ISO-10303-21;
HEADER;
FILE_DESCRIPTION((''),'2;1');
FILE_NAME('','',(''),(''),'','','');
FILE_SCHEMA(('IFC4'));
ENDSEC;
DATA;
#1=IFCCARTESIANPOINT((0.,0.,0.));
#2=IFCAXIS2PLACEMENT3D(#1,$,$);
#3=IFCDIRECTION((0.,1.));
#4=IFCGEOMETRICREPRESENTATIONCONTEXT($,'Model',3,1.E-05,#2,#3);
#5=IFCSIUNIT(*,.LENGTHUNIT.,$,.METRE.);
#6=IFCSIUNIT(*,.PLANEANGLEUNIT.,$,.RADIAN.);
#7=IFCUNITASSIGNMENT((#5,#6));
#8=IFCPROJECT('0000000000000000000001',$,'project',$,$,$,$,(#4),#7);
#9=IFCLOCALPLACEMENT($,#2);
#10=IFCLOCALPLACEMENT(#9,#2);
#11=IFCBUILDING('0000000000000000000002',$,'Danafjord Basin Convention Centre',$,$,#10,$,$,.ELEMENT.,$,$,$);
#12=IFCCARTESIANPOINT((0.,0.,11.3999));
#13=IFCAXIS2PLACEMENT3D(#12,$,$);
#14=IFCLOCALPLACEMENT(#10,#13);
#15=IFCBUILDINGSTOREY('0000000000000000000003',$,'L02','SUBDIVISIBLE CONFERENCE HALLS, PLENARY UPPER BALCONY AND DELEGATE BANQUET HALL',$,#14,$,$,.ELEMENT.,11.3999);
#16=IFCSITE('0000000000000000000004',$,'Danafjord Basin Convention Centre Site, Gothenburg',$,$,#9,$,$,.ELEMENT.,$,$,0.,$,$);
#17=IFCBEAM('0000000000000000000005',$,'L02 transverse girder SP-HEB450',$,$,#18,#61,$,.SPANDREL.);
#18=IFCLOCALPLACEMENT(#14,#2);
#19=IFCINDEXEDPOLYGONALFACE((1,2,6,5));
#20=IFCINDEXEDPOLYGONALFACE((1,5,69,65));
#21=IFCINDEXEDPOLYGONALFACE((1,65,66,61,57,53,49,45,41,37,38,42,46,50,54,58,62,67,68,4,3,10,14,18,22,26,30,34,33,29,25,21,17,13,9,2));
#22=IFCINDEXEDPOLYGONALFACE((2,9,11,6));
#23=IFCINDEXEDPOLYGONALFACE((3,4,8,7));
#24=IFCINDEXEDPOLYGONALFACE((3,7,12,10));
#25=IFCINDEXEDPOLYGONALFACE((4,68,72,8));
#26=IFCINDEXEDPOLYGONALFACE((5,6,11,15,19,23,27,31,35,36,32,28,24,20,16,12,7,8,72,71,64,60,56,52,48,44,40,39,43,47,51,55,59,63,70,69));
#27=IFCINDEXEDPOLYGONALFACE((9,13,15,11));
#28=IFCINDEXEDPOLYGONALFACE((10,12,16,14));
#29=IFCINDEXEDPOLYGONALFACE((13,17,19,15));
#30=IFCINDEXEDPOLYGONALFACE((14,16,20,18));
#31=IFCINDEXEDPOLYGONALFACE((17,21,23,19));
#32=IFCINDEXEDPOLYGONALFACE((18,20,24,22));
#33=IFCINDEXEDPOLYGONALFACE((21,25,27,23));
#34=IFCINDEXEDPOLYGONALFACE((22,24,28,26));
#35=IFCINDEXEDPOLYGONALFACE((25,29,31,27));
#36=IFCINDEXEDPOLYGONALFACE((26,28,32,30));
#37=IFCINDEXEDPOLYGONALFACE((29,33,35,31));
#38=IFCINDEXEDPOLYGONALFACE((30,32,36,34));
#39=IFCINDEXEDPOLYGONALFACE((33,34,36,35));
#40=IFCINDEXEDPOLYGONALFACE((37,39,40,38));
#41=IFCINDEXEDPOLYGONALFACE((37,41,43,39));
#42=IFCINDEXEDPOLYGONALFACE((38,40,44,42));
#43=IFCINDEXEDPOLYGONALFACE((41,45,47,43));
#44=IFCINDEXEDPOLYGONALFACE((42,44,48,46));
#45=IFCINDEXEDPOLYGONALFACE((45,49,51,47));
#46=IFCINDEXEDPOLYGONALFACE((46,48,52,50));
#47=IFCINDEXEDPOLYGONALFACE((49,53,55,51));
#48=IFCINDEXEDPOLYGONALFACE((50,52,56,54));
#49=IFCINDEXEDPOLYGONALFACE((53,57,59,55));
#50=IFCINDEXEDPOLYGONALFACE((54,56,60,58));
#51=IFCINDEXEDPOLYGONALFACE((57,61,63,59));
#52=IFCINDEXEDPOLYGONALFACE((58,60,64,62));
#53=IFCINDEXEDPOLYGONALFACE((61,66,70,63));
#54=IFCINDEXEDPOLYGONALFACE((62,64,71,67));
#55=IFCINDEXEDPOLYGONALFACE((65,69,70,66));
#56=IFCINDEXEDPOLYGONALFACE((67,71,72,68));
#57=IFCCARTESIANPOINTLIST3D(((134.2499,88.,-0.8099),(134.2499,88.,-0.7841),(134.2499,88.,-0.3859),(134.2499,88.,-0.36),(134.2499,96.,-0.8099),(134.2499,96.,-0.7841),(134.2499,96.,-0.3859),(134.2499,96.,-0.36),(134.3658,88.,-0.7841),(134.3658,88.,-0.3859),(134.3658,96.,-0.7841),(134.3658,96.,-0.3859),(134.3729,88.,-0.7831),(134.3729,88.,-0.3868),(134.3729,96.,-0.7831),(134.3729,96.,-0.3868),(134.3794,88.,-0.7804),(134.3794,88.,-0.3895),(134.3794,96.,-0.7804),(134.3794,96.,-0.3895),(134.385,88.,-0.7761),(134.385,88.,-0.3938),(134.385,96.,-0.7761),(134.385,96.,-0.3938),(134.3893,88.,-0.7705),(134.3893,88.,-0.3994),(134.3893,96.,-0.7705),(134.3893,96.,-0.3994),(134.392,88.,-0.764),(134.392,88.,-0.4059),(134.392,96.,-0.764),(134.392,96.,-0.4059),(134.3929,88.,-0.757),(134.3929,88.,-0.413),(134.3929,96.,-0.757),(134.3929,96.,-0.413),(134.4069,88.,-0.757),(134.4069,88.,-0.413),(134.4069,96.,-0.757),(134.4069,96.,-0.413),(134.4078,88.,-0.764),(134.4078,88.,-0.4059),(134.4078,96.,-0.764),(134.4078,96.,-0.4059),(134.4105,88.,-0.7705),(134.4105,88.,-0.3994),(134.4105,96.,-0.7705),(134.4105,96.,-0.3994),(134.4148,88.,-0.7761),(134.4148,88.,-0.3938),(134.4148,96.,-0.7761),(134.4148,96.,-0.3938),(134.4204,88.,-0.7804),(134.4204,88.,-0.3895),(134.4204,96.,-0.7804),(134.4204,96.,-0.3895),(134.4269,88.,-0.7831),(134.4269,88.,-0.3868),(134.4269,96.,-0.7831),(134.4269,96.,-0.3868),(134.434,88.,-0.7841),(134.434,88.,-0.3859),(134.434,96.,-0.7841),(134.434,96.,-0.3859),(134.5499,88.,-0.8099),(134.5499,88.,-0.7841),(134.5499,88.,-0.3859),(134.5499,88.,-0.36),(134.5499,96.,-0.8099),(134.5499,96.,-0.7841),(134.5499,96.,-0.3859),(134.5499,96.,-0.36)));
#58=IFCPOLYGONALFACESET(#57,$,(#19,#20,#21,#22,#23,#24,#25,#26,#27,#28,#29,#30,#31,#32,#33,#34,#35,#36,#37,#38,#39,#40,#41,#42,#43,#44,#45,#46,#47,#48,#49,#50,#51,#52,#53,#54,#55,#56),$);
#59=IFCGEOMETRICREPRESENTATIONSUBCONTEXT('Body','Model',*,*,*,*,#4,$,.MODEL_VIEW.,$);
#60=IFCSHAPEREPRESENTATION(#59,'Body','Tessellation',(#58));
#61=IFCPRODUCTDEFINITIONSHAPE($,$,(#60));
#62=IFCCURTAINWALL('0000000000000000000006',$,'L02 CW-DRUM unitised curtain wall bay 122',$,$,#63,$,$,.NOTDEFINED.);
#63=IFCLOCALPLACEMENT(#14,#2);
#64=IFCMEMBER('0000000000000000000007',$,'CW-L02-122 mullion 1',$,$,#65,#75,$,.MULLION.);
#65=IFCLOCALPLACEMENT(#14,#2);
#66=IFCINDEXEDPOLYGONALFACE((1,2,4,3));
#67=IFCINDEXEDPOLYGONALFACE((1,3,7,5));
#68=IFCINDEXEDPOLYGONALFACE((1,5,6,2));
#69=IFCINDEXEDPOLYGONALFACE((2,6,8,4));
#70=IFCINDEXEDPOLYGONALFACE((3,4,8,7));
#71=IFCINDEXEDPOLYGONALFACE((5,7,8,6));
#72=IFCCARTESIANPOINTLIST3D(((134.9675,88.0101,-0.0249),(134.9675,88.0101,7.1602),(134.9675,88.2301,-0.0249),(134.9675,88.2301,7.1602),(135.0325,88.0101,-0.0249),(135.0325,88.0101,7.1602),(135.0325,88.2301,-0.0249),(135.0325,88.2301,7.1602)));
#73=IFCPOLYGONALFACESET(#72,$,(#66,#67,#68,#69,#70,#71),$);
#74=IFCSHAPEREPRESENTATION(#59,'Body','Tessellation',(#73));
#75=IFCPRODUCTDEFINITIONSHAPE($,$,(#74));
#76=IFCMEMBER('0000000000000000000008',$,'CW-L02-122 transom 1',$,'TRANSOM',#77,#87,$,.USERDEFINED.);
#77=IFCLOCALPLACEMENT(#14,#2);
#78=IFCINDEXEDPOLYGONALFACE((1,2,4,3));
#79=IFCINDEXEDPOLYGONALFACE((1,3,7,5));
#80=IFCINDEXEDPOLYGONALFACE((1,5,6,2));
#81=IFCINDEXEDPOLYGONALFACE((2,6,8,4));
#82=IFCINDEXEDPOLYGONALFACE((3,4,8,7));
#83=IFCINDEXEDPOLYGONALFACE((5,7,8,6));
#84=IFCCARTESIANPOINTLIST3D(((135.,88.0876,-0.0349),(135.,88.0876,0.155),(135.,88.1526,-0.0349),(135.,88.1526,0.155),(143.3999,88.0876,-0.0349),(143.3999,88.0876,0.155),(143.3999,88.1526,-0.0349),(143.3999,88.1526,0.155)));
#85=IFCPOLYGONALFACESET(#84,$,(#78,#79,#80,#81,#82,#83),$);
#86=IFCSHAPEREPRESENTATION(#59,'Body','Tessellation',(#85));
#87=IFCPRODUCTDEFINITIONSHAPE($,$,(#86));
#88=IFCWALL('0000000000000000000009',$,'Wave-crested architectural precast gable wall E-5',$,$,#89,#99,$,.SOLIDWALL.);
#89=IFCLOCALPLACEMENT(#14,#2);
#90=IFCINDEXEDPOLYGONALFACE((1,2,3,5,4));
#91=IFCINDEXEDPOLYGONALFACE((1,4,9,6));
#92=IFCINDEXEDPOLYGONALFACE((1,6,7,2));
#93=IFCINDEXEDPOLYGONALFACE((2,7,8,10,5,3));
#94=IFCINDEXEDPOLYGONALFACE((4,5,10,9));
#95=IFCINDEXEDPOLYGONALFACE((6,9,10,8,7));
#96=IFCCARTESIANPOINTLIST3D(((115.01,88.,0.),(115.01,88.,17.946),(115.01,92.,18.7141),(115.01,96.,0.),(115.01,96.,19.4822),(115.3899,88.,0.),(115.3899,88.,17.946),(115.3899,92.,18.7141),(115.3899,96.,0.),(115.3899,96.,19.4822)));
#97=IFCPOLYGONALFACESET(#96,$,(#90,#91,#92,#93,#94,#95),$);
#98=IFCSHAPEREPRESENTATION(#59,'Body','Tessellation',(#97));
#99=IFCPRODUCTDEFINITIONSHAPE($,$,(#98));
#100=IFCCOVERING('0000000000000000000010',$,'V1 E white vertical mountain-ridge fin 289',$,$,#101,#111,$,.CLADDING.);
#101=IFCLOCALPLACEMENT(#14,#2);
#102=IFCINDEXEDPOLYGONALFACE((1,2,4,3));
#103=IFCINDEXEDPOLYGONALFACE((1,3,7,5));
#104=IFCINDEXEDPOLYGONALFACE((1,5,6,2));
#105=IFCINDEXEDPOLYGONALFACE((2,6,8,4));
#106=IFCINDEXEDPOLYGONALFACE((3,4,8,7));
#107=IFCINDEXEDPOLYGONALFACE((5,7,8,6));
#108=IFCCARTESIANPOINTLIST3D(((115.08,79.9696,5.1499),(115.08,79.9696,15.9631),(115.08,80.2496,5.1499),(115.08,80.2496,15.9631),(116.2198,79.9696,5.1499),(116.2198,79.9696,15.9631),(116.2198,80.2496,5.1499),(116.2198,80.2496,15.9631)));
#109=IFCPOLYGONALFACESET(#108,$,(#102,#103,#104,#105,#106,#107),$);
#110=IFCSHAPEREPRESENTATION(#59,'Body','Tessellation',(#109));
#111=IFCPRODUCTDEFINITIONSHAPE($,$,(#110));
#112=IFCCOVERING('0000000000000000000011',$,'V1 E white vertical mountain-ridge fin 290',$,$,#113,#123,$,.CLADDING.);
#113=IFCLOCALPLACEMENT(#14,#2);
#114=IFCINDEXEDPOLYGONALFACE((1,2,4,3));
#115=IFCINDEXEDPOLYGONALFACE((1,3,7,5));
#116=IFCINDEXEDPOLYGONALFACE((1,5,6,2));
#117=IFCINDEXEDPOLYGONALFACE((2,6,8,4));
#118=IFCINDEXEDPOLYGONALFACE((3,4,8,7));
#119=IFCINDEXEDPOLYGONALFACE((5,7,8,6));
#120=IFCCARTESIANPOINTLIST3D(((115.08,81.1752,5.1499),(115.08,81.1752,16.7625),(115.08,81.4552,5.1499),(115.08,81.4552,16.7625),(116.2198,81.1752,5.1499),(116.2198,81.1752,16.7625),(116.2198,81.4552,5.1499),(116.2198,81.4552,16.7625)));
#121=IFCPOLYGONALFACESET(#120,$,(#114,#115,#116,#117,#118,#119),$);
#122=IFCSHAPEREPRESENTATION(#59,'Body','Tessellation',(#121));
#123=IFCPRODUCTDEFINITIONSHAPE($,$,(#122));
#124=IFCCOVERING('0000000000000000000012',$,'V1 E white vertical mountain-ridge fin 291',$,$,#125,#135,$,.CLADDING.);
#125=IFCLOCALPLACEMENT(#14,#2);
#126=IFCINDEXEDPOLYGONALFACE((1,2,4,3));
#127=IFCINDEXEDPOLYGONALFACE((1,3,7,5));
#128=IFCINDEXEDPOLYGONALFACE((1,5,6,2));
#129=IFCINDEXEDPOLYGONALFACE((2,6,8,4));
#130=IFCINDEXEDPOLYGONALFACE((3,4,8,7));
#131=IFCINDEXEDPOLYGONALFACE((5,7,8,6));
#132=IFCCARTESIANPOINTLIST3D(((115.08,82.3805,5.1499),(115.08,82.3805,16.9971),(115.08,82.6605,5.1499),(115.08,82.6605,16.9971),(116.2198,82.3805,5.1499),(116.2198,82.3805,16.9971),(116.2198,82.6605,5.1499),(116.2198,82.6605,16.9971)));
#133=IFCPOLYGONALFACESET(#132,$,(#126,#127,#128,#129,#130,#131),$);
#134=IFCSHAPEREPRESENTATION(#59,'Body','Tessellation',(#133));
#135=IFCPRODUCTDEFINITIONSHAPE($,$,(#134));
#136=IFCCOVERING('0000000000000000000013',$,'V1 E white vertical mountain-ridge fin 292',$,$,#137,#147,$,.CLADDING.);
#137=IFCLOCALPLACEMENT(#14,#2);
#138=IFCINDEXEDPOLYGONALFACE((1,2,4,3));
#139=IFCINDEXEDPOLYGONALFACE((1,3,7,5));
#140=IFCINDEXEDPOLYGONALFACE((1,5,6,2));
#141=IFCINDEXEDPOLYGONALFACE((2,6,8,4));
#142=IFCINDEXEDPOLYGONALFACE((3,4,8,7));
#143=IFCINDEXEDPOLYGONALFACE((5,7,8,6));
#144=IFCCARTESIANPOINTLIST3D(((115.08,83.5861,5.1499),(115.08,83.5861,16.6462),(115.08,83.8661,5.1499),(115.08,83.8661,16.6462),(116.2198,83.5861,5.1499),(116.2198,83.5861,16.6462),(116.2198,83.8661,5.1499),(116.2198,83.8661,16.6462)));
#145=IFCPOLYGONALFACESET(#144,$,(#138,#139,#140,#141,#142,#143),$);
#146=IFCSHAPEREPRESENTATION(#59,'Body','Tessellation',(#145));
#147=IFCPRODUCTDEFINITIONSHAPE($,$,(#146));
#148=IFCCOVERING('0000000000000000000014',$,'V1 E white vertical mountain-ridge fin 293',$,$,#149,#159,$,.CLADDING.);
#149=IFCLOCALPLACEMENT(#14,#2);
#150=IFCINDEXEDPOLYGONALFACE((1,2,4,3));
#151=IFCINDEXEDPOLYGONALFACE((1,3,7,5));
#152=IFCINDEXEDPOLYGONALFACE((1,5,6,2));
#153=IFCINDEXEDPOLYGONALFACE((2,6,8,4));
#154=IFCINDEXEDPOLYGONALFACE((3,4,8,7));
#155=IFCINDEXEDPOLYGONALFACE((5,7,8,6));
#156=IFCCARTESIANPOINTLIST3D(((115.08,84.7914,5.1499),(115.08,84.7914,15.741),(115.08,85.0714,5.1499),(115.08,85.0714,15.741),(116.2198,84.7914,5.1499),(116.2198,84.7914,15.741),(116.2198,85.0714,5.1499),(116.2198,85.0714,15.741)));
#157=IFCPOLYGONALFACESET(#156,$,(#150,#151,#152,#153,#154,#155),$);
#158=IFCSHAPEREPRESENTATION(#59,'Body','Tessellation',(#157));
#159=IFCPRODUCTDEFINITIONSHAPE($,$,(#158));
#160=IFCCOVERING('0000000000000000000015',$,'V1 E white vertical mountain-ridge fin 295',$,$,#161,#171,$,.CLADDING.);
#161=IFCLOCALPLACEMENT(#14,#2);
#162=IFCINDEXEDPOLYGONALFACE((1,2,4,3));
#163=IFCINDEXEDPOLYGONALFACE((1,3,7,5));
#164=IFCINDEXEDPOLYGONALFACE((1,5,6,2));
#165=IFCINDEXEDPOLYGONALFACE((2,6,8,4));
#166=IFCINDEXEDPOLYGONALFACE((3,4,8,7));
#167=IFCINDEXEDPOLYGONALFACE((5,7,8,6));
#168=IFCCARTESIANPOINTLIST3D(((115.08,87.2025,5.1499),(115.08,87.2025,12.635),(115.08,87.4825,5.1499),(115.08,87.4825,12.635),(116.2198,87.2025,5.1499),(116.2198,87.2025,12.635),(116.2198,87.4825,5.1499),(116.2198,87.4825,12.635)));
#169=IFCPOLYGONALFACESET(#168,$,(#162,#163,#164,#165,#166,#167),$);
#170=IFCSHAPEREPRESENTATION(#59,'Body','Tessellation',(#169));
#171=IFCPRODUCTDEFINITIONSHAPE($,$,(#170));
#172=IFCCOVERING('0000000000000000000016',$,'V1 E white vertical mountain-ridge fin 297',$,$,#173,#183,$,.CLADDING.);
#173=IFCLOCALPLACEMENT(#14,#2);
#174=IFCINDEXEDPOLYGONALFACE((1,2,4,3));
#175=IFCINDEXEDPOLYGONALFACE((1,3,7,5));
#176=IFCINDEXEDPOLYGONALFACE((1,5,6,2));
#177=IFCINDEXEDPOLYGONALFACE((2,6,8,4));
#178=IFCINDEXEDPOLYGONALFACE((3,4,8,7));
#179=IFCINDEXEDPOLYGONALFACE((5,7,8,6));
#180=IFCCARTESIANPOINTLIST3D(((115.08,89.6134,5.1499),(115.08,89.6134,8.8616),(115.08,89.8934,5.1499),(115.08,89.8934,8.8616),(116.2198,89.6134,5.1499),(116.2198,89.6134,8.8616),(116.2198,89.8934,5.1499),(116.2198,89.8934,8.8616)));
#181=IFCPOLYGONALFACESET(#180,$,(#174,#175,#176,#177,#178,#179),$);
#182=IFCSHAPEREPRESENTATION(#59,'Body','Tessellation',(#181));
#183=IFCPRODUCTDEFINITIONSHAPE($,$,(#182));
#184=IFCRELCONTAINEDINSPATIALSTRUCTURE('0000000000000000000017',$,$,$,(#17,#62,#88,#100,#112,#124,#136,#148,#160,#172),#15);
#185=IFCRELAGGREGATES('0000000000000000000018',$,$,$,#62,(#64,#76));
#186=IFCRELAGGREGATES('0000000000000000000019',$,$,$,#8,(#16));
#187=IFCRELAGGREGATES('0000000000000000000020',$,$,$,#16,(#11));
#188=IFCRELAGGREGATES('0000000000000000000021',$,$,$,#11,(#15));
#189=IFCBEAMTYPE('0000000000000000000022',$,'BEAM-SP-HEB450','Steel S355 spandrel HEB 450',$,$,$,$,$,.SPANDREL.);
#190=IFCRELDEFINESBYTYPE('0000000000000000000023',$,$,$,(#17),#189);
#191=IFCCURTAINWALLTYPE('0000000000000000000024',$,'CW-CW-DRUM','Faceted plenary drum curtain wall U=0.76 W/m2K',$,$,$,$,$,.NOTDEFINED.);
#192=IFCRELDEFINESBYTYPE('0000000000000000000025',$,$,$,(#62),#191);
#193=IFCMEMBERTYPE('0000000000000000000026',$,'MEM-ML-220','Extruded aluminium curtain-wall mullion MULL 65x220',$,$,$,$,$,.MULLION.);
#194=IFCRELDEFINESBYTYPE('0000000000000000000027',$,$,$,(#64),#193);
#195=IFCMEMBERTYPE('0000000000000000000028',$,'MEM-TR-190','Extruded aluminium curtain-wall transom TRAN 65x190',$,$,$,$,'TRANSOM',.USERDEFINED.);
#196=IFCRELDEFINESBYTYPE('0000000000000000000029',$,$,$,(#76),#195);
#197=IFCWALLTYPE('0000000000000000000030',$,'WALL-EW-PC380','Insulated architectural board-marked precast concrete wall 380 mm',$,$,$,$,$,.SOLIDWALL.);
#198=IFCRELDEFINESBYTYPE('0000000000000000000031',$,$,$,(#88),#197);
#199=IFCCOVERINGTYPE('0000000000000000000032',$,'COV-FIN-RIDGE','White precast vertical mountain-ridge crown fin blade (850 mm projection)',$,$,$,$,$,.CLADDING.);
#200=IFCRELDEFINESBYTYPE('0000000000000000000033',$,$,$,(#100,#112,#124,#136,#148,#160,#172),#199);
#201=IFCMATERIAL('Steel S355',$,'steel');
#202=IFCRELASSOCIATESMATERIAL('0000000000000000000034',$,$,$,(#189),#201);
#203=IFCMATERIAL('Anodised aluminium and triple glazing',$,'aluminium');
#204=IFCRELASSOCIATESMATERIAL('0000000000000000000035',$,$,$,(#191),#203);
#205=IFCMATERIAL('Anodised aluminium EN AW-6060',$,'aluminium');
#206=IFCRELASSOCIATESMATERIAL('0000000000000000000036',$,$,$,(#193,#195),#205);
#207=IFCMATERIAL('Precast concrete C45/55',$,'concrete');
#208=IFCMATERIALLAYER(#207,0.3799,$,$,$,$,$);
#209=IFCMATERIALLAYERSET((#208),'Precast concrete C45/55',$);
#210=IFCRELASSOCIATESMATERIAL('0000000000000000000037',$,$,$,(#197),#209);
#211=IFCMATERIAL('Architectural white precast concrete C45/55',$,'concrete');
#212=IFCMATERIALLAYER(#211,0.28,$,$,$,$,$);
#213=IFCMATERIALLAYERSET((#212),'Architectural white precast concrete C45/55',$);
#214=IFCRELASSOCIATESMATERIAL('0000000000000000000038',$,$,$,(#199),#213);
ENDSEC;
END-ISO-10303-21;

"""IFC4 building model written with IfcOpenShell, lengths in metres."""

from ifc_helpers import new_model, si_unit, direction, frame, origin, origin_2d, place, context, subcontext, project, spatial, polyline, rectangle, i_section, outline, extrude, material, layer, layer_set, material_profile, profile_set, type_object, element, aggregate, save


model = new_model("IFC4")

# Units and contexts
model_context = context("Model", 3, precision=1e-05, world=origin(), true_north=direction((0.0, 1.0)))
body_context = subcontext(model_context, "Body", "Model", "MODEL_VIEW")
ifc_project = project(units=[si_unit("LENGTHUNIT", "METRE"), si_unit("PLANEANGLEUNIT", "RADIAN")], contexts=[model_context])

# Site, building, storey
site_placement = place(None, origin())
site = spatial("IfcSite", under=ifc_project, at=site_placement, Name="Danafjord Basin Convention Centre Site, Gothenburg", CompositionType="ELEMENT", RefElevation=0.0)
building_placement = place(site_placement, origin())
building = spatial("IfcBuilding", under=site, at=building_placement, Name="Danafjord Basin Convention Centre", CompositionType="ELEMENT")
storey_placement = place(building_placement, frame((0.0, 0.0, 11.3999)))
storey = spatial("IfcBuildingStorey", under=building, at=storey_placement, Name="L02", Description="SUBDIVISIBLE CONFERENCE HALLS, PLENARY UPPER BALCONY AND DELEGATE BANQUET HALL", CompositionType="ELEMENT", Elevation=11.3999)

# Shared definitions
ifc_material_1 = material(Name="Steel S355", Category="steel")

# Beam
ifc_material_profile_1 = material_profile(ifc_material_1, i_section(OverallWidth=0.3, OverallDepth=0.45, WebThickness=0.0139, FlangeThickness=0.0259, FilletRadius=0.0271, at=origin_2d()), Name="HEB 450")
ifc_profile_set_1 = profile_set([ifc_material_profile_1], Name="Steel S355")
beam_type_1 = type_object("IfcBeamType", Name="BEAM-SP-HEB450", Description="Steel S355 spandrel HEB 450", PredefinedType="SPANDREL", material=ifc_profile_set_1)
beam_1_placement = place(storey_placement, frame((134.3999, 88.0, -0.585), z_axis=(0.0, 1.0, 0.0), x_axis=(-1.0, 0.0, 0.0)))
element("IfcBeam", 1, at=beam_1_placement, inside=storey, type_object=beam_type_1, Name="L02 transverse girder SP-HEB450", PredefinedType="SPANDREL", context=body_context, shape_type="SweptSolid", body=[
    extrude(i_section(OverallWidth=0.3, OverallDepth=0.45, WebThickness=0.0139, FlangeThickness=0.0259, FilletRadius=0.0271, at=origin_2d()), origin(), (0.0, 0.0, 1.0), 8.0),
])

# Curtain wall, members
ifc_material_2 = material(Name="Anodised aluminium and triple glazing", Category="aluminium")
curtain_wall_type = type_object("IfcCurtainWallType", Name="CW-CW-DRUM", Description="Faceted plenary drum curtain wall U=0.76 W/m2K", PredefinedType="NOTDEFINED", material=ifc_material_2)
curtain_wall_placement = place(storey_placement, origin())
curtain_wall = element("IfcCurtainWall", 2, at=curtain_wall_placement, inside=storey, type_object=curtain_wall_type, Name="L02 CW-DRUM unitised curtain wall bay 122", PredefinedType="NOTDEFINED")
ifc_material_3 = material(Name="Anodised aluminium EN AW-6060", Category="aluminium")
ifc_material_profile_2 = material_profile(ifc_material_3, rectangle(XDim=0.0649, YDim=0.22, at=origin_2d()), Name="MULL 65x220")
ifc_profile_set_2 = profile_set([ifc_material_profile_2], Name="Anodised aluminium EN AW-6060")
member_type_1 = type_object("IfcMemberType", Name="MEM-ML-220", Description="Extruded aluminium curtain-wall mullion MULL 65x220", PredefinedType="MULLION", material=ifc_profile_set_2)
member_1_placement = place(storey_placement, frame((135.0, 88.1201, -0.0249), z_axis=(0.0, 0.0, 1.0), x_axis=(1.0, 0.0, 0.0)))
member_1 = element("IfcMember", 3, at=member_1_placement, type_object=member_type_1, Name="CW-L02-122 mullion 1", PredefinedType="MULLION", context=body_context, shape_type="SweptSolid", body=[
    extrude(rectangle(XDim=0.0649, YDim=0.22, at=origin_2d()), origin(), (0.0, 0.0, 1.0), 7.1851),
])
ifc_material_profile_3 = material_profile(ifc_material_3, rectangle(XDim=0.0649, YDim=0.1899, at=origin_2d()), Name="TRAN 65x190")
ifc_profile_set_3 = profile_set([ifc_material_profile_3], Name="Anodised aluminium EN AW-6060")
member_type_2 = type_object("IfcMemberType", Name="MEM-TR-190", Description="Extruded aluminium curtain-wall transom TRAN 65x190", ElementType="TRANSOM", PredefinedType="USERDEFINED", material=ifc_profile_set_3)
member_2_placement = place(storey_placement, frame((135.0, 88.1201, 0.0601), z_axis=(1.0, 0.0, 0.0), x_axis=(0.0, 1.0, 0.0)))
member_2 = element("IfcMember", 4, at=member_2_placement, type_object=member_type_2, Name="CW-L02-122 transom 1", ObjectType="TRANSOM", PredefinedType="USERDEFINED", context=body_context, shape_type="SweptSolid", body=[
    extrude(rectangle(XDim=0.0649, YDim=0.1899, at=origin_2d()), origin(), (0.0, 0.0, 1.0), 8.3999),
])
aggregate(curtain_wall, [member_1, member_2])

# Wall
ifc_material_4 = material(Name="Precast concrete C45/55", Category="concrete")
ifc_layer_1 = layer(ifc_material_4, 0.3799)
ifc_layer_set_1 = layer_set([ifc_layer_1], Name="Precast concrete C45/55")
wall_type = type_object("IfcWallType", Name="WALL-EW-PC380", Description="Insulated architectural board-marked precast concrete wall 380 mm", PredefinedType="SOLIDWALL", material=ifc_layer_set_1)
wall_placement = place(storey_placement, frame((115.2, 88.0, 0.0), z_axis=(0.0, 0.0, 1.0), x_axis=(0.0, 1.0, 0.0)))
element("IfcWall", 5, at=wall_placement, inside=storey, type_object=wall_type, Name="Wave-crested architectural precast gable wall E-5", PredefinedType="SOLIDWALL", context=body_context, shape_type="SweptSolid", body=[
    extrude(outline(polyline([(0.0, 0.0), (8.0, 0.0), (8.0, 19.4822), (4.0, 18.7141), (0.0, 17.946), (0.0, 0.0)])), frame((0.0, 0.1899, 0.0), z_axis=(0.0, -1.0, 0.0), x_axis=(1.0, 0.0, 0.0)), (0.0, 0.0, 1.0), 0.3799),
])

# Coverings
ifc_material_5 = material(Name="Architectural white precast concrete C45/55", Category="concrete")
ifc_layer_2 = layer(ifc_material_5, 0.28)
ifc_layer_set_2 = layer_set([ifc_layer_2], Name="Architectural white precast concrete C45/55")
covering_type = type_object("IfcCoveringType", Name="COV-FIN-RIDGE", Description="White precast vertical mountain-ridge crown fin blade (850 mm projection)", PredefinedType="CLADDING", material=ifc_layer_set_2)
covering_1_placement = place(storey_placement, frame((115.6499, 80.1096, 5.1499), z_axis=(0.0, 0.0, 1.0), x_axis=(1.0, 0.0, 0.0)))
element("IfcCovering", 6, at=covering_1_placement, inside=storey, type_object=covering_type, Name="V1 E white vertical mountain-ridge fin 289", PredefinedType="CLADDING", context=body_context, shape_type="SweptSolid", body=[
    extrude(rectangle(XDim=1.1399, YDim=0.28, at=origin_2d()), origin(), (0.0, 0.0, 1.0), 10.8132),
])
covering_2_placement = place(storey_placement, frame((115.6499, 81.3152, 5.1499), z_axis=(0.0, 0.0, 1.0), x_axis=(1.0, 0.0, 0.0)))
element("IfcCovering", 7, at=covering_2_placement, inside=storey, type_object=covering_type, Name="V1 E white vertical mountain-ridge fin 290", PredefinedType="CLADDING", context=body_context, shape_type="SweptSolid", body=[
    extrude(rectangle(XDim=1.1399, YDim=0.28, at=origin_2d()), origin(), (0.0, 0.0, 1.0), 11.6125),
])
covering_3_placement = place(storey_placement, frame((115.6499, 82.5205, 5.1499), z_axis=(0.0, 0.0, 1.0), x_axis=(1.0, 0.0, 0.0)))
element("IfcCovering", 8, at=covering_3_placement, inside=storey, type_object=covering_type, Name="V1 E white vertical mountain-ridge fin 291", PredefinedType="CLADDING", context=body_context, shape_type="SweptSolid", body=[
    extrude(rectangle(XDim=1.1399, YDim=0.28, at=origin_2d()), origin(), (0.0, 0.0, 1.0), 11.8472),
])
covering_4_placement = place(storey_placement, frame((115.6499, 83.7261, 5.1499), z_axis=(0.0, 0.0, 1.0), x_axis=(1.0, 0.0, 0.0)))
element("IfcCovering", 9, at=covering_4_placement, inside=storey, type_object=covering_type, Name="V1 E white vertical mountain-ridge fin 292", PredefinedType="CLADDING", context=body_context, shape_type="SweptSolid", body=[
    extrude(rectangle(XDim=1.1399, YDim=0.28, at=origin_2d()), origin(), (0.0, 0.0, 1.0), 11.4963),
])
covering_5_placement = place(storey_placement, frame((115.6499, 84.9314, 5.1499), z_axis=(0.0, 0.0, 1.0), x_axis=(1.0, 0.0, 0.0)))
element("IfcCovering", 10, at=covering_5_placement, inside=storey, type_object=covering_type, Name="V1 E white vertical mountain-ridge fin 293", PredefinedType="CLADDING", context=body_context, shape_type="SweptSolid", body=[
    extrude(rectangle(XDim=1.1399, YDim=0.28, at=origin_2d()), origin(), (0.0, 0.0, 1.0), 10.5911),
])
covering_6_placement = place(storey_placement, frame((115.6499, 87.3425, 5.1499), z_axis=(0.0, 0.0, 1.0), x_axis=(1.0, 0.0, 0.0)))
element("IfcCovering", 11, at=covering_6_placement, inside=storey, type_object=covering_type, Name="V1 E white vertical mountain-ridge fin 295", PredefinedType="CLADDING", context=body_context, shape_type="SweptSolid", body=[
    extrude(rectangle(XDim=1.1399, YDim=0.28, at=origin_2d()), origin(), (0.0, 0.0, 1.0), 7.4851),
])
covering_7_placement = place(storey_placement, frame((115.6499, 89.7534, 5.1499), z_axis=(0.0, 0.0, 1.0), x_axis=(1.0, 0.0, 0.0)))
element("IfcCovering", 12, at=covering_7_placement, inside=storey, type_object=covering_type, Name="V1 E white vertical mountain-ridge fin 297", PredefinedType="CLADDING", context=body_context, shape_type="SweptSolid", body=[
    extrude(rectangle(XDim=1.1399, YDim=0.28, at=origin_2d()), origin(), (0.0, 0.0, 1.0), 3.7117),
])

save(model, "model.ifc")
